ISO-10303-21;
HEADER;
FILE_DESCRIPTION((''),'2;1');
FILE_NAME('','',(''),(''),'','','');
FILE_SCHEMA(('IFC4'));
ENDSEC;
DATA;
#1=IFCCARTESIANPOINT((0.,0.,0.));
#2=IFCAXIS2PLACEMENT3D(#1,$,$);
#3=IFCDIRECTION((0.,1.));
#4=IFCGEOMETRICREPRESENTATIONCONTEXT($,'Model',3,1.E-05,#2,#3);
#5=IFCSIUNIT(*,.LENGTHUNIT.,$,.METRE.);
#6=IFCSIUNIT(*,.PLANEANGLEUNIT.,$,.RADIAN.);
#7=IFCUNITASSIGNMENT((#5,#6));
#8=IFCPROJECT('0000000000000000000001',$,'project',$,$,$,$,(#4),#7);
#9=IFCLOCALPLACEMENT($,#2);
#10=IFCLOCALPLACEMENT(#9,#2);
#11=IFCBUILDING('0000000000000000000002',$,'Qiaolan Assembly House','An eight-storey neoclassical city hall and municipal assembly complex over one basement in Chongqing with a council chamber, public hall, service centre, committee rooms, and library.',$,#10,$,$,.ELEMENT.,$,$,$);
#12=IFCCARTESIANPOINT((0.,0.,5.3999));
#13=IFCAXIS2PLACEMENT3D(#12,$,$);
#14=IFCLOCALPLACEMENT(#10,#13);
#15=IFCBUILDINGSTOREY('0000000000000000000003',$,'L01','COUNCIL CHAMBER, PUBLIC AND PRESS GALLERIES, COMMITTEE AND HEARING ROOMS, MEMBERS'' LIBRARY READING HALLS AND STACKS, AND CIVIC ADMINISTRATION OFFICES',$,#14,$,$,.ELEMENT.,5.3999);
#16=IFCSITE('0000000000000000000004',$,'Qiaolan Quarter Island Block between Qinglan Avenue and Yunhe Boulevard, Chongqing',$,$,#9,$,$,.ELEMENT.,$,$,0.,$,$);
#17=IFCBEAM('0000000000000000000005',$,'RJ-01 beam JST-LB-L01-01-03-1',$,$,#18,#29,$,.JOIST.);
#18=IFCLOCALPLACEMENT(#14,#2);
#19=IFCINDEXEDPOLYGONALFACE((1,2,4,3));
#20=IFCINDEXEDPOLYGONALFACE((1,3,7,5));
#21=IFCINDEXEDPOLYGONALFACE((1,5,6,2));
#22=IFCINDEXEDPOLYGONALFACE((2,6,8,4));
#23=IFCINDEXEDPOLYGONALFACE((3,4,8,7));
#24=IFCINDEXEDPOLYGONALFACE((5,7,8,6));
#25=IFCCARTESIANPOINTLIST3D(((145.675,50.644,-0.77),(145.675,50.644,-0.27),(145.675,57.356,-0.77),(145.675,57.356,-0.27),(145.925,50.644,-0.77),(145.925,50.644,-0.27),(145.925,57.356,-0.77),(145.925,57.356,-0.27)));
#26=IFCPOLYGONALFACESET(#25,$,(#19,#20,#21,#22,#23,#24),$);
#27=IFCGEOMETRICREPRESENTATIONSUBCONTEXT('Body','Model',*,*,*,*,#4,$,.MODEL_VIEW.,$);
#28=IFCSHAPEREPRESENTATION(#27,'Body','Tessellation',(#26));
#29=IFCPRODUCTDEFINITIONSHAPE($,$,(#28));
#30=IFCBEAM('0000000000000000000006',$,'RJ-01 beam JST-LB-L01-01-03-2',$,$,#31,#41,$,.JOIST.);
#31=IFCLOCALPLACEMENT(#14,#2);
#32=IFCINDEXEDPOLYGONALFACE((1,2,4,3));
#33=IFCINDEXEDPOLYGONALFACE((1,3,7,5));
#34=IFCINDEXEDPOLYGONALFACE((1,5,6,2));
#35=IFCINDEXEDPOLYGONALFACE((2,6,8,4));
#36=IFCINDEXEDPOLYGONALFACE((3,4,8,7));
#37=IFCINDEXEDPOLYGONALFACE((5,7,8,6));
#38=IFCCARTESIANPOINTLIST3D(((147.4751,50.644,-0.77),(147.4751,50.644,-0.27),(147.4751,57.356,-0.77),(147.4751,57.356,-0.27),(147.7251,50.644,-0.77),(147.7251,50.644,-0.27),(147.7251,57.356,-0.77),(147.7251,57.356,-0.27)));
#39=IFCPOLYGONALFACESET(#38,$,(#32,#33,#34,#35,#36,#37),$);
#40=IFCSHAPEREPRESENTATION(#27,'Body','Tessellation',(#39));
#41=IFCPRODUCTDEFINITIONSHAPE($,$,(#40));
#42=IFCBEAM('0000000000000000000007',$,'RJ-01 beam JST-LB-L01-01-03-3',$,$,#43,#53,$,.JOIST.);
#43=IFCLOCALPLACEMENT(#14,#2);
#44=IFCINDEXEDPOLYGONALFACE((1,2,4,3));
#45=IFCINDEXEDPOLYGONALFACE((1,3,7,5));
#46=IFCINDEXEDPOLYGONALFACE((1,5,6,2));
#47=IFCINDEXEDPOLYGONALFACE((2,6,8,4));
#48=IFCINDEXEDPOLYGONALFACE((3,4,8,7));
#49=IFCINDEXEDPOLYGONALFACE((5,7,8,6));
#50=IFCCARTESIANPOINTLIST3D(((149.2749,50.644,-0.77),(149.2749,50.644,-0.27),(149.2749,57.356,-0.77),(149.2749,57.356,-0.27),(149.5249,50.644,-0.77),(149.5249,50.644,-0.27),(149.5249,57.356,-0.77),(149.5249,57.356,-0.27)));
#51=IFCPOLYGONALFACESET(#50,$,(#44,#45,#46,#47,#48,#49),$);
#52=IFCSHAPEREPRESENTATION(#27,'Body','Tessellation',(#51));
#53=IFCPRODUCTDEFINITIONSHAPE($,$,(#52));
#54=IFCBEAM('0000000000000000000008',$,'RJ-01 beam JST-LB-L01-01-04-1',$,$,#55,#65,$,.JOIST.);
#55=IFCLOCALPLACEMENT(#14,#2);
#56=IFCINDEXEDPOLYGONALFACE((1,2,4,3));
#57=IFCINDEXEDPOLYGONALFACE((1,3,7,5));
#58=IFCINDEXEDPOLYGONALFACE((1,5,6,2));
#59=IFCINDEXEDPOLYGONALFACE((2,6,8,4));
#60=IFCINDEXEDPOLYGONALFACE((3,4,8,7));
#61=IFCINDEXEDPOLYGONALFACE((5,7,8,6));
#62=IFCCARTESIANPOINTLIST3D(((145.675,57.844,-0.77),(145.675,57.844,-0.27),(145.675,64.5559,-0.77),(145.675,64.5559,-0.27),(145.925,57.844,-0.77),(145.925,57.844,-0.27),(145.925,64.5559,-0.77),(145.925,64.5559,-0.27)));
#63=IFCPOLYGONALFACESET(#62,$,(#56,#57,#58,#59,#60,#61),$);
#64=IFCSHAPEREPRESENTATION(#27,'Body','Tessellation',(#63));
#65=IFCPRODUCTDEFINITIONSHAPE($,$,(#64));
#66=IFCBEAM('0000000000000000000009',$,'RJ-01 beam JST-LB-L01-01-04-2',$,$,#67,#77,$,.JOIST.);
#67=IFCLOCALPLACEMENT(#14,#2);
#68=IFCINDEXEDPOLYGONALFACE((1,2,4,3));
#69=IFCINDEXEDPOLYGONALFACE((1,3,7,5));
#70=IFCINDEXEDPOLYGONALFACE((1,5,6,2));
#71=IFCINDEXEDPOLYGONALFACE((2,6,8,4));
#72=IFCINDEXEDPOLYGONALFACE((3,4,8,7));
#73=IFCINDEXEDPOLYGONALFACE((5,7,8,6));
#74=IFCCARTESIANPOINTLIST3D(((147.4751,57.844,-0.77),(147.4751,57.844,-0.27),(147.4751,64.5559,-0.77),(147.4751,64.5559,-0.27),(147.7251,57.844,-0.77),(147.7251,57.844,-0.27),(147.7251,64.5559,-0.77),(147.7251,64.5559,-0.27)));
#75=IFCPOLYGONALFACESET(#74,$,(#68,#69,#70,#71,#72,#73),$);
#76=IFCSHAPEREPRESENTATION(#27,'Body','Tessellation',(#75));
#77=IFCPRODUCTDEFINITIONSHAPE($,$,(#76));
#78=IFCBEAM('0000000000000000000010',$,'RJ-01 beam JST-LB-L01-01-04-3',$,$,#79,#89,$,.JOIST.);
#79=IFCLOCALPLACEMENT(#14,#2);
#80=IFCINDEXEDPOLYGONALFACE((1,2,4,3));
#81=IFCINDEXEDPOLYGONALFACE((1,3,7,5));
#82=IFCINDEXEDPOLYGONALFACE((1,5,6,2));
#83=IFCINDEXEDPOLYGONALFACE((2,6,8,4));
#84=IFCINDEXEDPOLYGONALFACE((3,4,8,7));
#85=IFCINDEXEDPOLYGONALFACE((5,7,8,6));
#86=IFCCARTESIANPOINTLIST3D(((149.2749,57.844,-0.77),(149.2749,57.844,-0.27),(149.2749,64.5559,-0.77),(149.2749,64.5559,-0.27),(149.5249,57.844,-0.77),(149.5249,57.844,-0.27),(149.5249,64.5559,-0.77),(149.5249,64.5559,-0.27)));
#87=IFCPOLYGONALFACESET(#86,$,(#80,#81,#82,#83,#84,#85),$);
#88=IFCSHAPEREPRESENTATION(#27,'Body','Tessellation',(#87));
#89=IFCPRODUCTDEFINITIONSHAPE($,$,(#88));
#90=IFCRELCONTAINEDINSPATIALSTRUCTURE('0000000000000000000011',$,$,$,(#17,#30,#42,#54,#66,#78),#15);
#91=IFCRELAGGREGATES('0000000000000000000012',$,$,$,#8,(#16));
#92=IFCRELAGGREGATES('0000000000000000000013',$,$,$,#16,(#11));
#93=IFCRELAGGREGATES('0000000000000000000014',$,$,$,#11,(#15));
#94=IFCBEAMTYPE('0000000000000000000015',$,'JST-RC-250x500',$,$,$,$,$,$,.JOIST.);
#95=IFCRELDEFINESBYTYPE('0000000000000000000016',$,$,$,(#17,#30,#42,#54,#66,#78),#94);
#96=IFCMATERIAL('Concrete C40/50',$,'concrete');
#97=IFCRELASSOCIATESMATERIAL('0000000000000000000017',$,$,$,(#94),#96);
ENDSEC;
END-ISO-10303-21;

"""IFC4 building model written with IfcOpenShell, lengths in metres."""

from ifc_helpers import new_model, si_unit, direction, frame, origin, origin_2d, place, context, subcontext, project, spatial, rectangle, extrude, material, material_profile, profile_set, type_object, element, save


model = new_model("IFC4")

# Units and contexts
model_context = context("Model", 3, precision=1e-05, world=origin(), true_north=direction((0.0, 1.0)))
body_context = subcontext(model_context, "Body", "Model", "MODEL_VIEW")
ifc_project = project(units=[si_unit("LENGTHUNIT", "METRE"), si_unit("PLANEANGLEUNIT", "RADIAN")], contexts=[model_context])

# Site, building, storey
site_placement = place(None, origin())
site = spatial("IfcSite", under=ifc_project, at=site_placement, Name="Qiaolan Quarter Island Block between Qinglan Avenue and Yunhe Boulevard, Chongqing", CompositionType="ELEMENT", RefElevation=0.0)
building_placement = place(site_placement, origin())
building = spatial("IfcBuilding", under=site, at=building_placement, Name="Qiaolan Assembly House", Description="An eight-storey neoclassical city hall and municipal assembly complex over one basement in Chongqing with a council chamber, public hall, service centre, committee rooms, and library.", CompositionType="ELEMENT")
storey_placement = place(building_placement, frame((0.0, 0.0, 5.3999)))
storey = spatial("IfcBuildingStorey", under=building, at=storey_placement, Name="L01", Description="COUNCIL CHAMBER, PUBLIC AND PRESS GALLERIES, COMMITTEE AND HEARING ROOMS, MEMBERS' LIBRARY READING HALLS AND STACKS, AND CIVIC ADMINISTRATION OFFICES", CompositionType="ELEMENT", Elevation=5.3999)

# Shared definitions
ifc_material_1 = material(Name="Concrete C40/50", Category="concrete")

# Beams
ifc_material_profile_1 = material_profile(ifc_material_1, rectangle(XDim=0.25, YDim=0.5, at=origin_2d()), Name="RCB 250x500")
ifc_profile_set_1 = profile_set([ifc_material_profile_1], Name="Concrete C40/50")
beam_type_1 = type_object("IfcBeamType", Name="JST-RC-250x500", PredefinedType="JOIST", material=ifc_profile_set_1)
for number, where, z_axis, x_axis, name in (
    (1, (145.8, 50.644, -0.52), (0.0, 1.0, 0.0), (-1.0, 0.0, 0.0), "RJ-01 beam JST-LB-L01-01-03-1"),
    (2, (147.6001, 50.644, -0.52), (0.0, 1.0, 0.0), (-1.0, 0.0, 0.0), "RJ-01 beam JST-LB-L01-01-03-2"),
    (3, (149.3999, 50.644, -0.52), (0.0, 1.0, 0.0), (-1.0, 0.0, 0.0), "RJ-01 beam JST-LB-L01-01-03-3"),
    (4, (145.8, 57.844, -0.52), (0.0, 1.0, 0.0), (-1.0, 0.0, 0.0), "RJ-01 beam JST-LB-L01-01-04-1"),
    (5, (147.6001, 57.844, -0.52), (0.0, 1.0, 0.0), (-1.0, 0.0, 0.0), "RJ-01 beam JST-LB-L01-01-04-2"),
    (6, (149.3999, 57.844, -0.52), (0.0, 1.0, 0.0), (-1.0, 0.0, 0.0), "RJ-01 beam JST-LB-L01-01-04-3"),
):
    element("IfcBeam", number, at=place(storey_placement, frame(where, z_axis=z_axis, x_axis=x_axis)), inside=storey, type_object=beam_type_1, Name=name, PredefinedType="JOIST", context=body_context, shape_type="SweptSolid", body=[
        extrude(rectangle(XDim=0.25, YDim=0.5, at=origin_2d()), origin(), (0.0, 0.0, 1.0), 6.7119),
    ])

save(model, "model.ifc")
